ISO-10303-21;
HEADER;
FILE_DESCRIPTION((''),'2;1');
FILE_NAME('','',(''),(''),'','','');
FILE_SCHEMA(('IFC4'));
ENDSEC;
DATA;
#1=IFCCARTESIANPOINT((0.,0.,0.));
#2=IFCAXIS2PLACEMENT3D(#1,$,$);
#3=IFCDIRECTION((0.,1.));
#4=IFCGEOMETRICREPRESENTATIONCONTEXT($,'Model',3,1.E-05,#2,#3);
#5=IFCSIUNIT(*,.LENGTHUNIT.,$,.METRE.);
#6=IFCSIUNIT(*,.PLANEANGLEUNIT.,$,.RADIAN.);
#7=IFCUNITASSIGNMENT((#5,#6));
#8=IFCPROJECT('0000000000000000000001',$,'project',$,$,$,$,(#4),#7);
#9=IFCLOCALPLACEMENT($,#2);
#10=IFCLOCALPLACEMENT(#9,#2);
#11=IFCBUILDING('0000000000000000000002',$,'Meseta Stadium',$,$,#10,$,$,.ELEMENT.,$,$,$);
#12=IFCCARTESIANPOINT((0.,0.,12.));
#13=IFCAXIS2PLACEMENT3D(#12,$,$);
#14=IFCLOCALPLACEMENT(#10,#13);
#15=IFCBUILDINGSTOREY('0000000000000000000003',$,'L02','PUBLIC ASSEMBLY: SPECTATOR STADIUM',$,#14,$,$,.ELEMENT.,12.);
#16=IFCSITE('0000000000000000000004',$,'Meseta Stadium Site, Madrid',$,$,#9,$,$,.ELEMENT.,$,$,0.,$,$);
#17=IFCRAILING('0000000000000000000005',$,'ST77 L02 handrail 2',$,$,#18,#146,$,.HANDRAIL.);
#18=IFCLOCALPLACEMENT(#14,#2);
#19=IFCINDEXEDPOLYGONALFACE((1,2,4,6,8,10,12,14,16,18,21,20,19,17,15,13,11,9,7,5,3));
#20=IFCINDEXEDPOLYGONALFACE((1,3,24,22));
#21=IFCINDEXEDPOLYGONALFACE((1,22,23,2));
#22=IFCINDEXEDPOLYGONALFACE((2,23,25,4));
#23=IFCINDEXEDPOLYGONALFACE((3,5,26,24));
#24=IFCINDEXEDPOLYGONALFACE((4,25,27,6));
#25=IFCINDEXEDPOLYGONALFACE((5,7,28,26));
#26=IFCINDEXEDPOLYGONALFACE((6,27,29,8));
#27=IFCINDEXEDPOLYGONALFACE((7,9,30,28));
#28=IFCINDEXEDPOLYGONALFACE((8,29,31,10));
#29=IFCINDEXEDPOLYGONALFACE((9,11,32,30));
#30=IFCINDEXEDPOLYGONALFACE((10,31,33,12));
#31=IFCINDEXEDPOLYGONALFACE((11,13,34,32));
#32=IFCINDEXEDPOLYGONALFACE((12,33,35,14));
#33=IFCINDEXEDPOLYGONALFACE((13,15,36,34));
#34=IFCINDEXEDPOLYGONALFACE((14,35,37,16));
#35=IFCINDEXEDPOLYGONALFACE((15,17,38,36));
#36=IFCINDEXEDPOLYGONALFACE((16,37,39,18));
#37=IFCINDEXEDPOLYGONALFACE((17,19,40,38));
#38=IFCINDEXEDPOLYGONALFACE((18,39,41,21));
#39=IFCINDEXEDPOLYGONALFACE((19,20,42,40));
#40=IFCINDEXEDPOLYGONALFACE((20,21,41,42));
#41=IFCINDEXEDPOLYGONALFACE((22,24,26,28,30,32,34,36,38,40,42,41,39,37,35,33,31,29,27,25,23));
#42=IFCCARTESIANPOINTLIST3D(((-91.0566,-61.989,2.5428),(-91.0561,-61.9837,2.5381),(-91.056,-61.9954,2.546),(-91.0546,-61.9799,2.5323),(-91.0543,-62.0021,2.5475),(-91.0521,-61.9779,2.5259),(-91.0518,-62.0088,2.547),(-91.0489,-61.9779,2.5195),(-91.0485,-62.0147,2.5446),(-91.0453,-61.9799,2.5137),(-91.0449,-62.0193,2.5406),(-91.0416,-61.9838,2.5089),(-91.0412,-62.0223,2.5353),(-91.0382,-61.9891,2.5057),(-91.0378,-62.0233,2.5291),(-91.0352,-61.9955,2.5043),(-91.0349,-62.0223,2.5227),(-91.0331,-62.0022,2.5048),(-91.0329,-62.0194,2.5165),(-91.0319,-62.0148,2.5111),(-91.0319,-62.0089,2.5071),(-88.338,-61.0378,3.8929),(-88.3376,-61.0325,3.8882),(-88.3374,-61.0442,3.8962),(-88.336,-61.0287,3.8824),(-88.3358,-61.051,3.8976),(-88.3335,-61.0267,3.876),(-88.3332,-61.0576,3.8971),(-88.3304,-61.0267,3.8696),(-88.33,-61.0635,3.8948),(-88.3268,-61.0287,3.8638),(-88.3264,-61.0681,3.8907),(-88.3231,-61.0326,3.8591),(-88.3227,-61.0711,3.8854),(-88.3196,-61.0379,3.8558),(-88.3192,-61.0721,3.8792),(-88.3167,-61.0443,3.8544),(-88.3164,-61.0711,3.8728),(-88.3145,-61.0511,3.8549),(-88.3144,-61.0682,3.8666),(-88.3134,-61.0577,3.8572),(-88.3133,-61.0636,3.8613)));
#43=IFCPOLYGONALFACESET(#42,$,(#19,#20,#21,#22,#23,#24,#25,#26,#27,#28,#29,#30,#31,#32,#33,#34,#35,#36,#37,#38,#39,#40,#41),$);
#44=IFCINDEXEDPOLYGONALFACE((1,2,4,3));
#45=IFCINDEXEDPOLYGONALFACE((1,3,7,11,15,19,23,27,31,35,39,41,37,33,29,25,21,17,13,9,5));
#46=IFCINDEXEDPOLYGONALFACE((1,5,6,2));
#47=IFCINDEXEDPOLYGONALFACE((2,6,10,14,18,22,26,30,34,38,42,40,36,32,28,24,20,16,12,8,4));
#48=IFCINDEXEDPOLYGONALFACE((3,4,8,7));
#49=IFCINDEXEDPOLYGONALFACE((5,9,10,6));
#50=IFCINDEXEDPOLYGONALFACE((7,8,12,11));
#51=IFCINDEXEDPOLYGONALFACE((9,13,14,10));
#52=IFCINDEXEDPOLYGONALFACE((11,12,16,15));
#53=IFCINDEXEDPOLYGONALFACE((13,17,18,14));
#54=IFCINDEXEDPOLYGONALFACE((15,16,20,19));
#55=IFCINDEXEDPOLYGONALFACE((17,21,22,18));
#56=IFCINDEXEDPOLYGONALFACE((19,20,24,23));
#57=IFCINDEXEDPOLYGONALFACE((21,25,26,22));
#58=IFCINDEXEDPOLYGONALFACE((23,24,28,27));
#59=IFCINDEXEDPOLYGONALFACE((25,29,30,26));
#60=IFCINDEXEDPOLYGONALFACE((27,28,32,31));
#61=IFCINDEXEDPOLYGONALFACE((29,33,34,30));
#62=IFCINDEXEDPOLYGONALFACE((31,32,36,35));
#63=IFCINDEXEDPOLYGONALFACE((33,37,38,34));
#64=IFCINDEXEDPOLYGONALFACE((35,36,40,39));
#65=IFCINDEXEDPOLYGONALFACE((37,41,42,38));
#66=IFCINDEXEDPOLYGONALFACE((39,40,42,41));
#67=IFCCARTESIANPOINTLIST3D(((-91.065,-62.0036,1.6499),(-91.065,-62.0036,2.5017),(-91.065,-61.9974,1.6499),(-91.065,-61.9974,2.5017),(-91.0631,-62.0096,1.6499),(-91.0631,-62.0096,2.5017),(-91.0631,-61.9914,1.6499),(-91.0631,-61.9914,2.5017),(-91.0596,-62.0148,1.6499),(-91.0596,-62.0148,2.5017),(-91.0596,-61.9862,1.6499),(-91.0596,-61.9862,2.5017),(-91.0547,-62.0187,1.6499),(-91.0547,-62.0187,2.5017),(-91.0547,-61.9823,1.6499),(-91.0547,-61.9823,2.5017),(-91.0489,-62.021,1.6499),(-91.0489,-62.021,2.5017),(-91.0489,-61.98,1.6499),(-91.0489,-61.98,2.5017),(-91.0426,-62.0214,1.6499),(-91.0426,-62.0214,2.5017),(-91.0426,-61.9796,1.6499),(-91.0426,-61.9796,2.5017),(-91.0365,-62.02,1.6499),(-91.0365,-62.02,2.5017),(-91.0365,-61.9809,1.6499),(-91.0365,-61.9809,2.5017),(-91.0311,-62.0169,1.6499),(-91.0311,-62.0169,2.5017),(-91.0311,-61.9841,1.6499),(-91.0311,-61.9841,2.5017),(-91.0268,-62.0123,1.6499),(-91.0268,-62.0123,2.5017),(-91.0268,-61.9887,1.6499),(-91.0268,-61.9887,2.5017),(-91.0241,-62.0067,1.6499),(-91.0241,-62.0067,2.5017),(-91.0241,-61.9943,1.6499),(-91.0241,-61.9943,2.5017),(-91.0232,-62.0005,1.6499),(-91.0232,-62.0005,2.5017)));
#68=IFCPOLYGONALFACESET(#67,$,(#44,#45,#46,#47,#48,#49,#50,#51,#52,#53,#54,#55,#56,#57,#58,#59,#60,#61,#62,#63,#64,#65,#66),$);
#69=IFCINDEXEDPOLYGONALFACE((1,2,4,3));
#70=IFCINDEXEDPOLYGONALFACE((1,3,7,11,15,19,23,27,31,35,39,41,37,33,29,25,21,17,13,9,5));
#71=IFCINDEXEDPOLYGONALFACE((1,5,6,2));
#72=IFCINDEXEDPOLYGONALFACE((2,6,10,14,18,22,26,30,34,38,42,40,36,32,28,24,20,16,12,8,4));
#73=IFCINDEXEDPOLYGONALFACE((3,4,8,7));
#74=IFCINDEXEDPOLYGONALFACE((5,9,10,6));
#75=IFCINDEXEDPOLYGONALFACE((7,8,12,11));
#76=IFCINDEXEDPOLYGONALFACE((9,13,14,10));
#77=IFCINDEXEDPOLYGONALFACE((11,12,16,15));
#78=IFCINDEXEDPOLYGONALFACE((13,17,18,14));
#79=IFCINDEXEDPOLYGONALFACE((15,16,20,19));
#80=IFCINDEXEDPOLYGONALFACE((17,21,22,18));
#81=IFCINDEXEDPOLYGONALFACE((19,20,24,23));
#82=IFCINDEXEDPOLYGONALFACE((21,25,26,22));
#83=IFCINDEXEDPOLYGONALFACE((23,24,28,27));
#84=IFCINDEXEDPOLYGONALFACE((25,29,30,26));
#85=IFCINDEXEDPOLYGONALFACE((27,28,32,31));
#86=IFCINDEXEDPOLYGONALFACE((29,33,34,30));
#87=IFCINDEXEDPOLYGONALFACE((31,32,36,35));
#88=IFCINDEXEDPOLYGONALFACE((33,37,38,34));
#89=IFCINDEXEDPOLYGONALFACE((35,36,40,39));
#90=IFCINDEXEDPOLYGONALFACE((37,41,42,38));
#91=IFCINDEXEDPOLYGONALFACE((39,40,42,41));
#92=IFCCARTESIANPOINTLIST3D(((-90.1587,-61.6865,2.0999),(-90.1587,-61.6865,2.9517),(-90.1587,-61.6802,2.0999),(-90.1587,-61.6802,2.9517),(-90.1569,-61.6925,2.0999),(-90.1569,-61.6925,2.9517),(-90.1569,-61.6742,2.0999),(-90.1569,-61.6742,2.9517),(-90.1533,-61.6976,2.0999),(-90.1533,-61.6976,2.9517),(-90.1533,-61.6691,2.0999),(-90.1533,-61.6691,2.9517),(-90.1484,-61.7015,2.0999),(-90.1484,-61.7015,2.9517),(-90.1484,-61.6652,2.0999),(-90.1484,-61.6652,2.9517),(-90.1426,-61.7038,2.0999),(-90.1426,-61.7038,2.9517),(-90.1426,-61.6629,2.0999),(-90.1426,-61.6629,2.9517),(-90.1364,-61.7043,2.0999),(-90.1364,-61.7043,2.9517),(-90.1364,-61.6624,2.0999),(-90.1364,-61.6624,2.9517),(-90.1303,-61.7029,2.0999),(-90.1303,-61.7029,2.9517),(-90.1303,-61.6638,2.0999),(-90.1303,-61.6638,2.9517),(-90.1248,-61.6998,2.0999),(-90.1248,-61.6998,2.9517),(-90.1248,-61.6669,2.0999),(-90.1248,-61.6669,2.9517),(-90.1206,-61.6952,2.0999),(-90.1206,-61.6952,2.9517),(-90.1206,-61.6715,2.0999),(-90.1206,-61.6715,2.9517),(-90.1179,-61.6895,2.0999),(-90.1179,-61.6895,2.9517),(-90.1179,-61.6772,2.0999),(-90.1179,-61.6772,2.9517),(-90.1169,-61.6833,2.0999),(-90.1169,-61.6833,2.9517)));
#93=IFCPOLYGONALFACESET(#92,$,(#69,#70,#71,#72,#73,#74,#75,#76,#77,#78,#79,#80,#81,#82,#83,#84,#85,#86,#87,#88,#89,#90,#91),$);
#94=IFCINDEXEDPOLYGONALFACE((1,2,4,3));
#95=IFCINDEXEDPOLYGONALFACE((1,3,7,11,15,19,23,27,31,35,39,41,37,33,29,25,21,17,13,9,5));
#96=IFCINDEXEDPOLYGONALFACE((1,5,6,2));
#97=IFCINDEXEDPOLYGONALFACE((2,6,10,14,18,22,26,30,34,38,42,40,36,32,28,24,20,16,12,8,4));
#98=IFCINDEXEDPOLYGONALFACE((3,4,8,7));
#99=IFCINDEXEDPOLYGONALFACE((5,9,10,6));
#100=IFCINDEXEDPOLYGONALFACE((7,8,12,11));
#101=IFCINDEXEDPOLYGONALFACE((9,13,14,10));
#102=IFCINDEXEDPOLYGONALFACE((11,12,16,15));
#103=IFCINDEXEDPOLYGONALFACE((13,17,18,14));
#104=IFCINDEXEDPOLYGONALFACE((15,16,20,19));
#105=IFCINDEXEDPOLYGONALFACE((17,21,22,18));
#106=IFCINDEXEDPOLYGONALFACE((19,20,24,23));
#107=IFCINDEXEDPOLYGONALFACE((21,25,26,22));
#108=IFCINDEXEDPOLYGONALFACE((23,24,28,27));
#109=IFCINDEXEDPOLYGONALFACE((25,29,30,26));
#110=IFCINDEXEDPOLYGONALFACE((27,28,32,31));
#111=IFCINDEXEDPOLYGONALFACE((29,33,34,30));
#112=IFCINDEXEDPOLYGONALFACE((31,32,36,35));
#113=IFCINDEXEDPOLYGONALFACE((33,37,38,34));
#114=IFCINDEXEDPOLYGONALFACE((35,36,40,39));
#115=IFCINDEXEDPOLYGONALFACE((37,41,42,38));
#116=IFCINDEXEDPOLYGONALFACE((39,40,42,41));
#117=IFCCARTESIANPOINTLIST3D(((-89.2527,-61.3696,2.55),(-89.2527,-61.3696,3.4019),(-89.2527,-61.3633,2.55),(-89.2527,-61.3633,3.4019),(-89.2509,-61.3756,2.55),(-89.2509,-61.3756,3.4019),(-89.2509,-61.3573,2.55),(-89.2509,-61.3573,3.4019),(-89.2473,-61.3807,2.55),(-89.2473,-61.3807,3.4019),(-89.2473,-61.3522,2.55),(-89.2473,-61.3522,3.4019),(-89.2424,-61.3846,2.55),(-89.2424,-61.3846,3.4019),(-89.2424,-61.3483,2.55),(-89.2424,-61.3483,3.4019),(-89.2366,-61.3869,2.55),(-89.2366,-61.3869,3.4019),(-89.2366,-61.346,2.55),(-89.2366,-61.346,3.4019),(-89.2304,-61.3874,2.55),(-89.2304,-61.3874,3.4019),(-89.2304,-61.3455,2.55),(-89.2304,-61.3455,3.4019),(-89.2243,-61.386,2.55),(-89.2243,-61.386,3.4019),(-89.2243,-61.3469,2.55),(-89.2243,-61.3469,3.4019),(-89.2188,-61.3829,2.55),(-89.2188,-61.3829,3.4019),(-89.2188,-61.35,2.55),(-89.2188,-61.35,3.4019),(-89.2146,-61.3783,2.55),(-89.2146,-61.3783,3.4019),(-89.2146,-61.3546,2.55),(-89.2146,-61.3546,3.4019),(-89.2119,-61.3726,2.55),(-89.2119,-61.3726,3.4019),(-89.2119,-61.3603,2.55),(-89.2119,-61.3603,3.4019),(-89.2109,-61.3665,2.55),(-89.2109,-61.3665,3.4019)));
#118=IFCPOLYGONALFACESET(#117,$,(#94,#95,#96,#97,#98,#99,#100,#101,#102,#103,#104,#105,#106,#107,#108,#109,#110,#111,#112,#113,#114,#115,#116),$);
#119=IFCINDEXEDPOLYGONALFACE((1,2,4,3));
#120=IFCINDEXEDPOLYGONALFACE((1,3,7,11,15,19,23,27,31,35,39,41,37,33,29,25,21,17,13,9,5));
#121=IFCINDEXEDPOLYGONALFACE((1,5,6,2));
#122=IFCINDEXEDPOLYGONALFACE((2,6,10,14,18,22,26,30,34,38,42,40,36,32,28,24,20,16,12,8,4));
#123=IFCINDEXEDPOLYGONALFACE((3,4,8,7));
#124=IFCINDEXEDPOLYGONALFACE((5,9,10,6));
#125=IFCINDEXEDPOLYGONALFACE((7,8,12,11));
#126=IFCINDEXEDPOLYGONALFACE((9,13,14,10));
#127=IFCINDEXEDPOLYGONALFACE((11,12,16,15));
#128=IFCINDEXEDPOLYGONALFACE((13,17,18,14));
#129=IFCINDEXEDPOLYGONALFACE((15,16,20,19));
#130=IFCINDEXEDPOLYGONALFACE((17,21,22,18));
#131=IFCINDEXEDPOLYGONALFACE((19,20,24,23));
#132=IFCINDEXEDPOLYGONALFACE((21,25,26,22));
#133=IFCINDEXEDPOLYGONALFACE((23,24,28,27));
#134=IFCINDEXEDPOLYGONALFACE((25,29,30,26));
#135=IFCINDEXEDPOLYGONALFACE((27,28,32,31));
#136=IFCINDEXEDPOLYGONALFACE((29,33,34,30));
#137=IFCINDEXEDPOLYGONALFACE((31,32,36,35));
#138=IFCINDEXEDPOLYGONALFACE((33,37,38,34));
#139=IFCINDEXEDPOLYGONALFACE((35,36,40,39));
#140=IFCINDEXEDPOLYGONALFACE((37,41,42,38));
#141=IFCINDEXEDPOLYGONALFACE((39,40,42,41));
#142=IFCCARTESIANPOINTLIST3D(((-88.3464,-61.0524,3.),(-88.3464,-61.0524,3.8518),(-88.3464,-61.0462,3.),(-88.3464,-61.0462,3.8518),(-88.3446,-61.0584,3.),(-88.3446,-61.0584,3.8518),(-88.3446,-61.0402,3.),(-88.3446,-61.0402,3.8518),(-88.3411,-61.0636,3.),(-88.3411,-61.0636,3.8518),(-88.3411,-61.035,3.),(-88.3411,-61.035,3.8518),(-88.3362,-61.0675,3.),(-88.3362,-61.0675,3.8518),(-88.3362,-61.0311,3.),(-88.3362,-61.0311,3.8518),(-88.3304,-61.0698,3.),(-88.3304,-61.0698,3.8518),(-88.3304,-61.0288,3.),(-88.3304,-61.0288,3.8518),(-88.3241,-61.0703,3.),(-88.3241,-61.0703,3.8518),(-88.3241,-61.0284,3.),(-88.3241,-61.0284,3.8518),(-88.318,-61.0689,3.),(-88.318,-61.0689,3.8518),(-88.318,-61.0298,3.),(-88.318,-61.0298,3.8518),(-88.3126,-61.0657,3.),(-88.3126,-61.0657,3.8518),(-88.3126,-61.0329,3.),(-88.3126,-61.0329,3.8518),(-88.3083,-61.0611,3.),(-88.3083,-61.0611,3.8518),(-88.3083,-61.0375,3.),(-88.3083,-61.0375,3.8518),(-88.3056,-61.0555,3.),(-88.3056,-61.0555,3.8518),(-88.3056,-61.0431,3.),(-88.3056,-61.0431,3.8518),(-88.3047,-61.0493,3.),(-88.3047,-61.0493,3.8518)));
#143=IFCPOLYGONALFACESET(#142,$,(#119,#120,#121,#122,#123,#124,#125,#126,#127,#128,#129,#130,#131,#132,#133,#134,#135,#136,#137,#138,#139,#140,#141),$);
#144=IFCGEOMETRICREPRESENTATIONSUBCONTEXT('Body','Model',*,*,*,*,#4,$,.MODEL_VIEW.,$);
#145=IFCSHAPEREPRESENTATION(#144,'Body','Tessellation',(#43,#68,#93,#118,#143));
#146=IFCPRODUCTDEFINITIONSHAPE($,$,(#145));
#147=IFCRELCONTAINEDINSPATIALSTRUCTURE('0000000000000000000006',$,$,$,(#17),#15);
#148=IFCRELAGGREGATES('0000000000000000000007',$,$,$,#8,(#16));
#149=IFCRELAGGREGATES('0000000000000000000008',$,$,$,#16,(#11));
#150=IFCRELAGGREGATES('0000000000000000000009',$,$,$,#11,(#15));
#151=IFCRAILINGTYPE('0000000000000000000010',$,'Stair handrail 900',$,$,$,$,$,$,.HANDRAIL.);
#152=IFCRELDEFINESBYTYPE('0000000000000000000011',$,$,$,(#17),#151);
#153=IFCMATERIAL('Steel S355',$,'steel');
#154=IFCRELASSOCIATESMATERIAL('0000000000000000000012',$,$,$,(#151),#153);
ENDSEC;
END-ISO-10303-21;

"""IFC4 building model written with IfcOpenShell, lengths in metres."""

from ifc_helpers import new_model, si_unit, direction, frame, origin, origin_2d, place, context, subcontext, project, spatial, circle, extrude, material, type_object, element, save


model = new_model("IFC4")

# Units and contexts
model_context = context("Model", 3, precision=1e-05, world=origin(), true_north=direction((0.0, 1.0)))
body_context = subcontext(model_context, "Body", "Model", "MODEL_VIEW")
ifc_project = project(units=[si_unit("LENGTHUNIT", "METRE"), si_unit("PLANEANGLEUNIT", "RADIAN")], contexts=[model_context])

# Site, building, storey
site_placement = place(None, origin())
site = spatial("IfcSite", under=ifc_project, at=site_placement, Name="Meseta Stadium Site, Madrid", CompositionType="ELEMENT", RefElevation=0.0)
building_placement = place(site_placement, origin())
building = spatial("IfcBuilding", under=site, at=building_placement, Name="Meseta Stadium", CompositionType="ELEMENT")
storey_placement = place(building_placement, frame((0.0, 0.0, 12.0)))
storey = spatial("IfcBuildingStorey", under=building, at=storey_placement, Name="L02", Description="PUBLIC ASSEMBLY: SPECTATOR STADIUM", CompositionType="ELEMENT", Elevation=12.0)

# Railing
ifc_material_1 = material(Name="Steel S355", Category="steel")
railing_type_1 = type_object("IfcRailingType", Name="Stair handrail 900", PredefinedType="HANDRAIL", material=ifc_material_1)
for number, where, name in (
    (1, (-91.0442, -62.0005, 1.6499), "ST77 L02 handrail 2"),
):
    element("IfcRailing", number, at=place(storey_placement, frame(where)), inside=storey, type_object=railing_type_1, Name=name, PredefinedType="HANDRAIL", context=body_context, shape_type="SweptSolid", body=[
        extrude(circle(Radius=0.0239, at=origin_2d()), frame((0.0, 0.0, 0.876), z_axis=(0.854649, 0.299031, 0.424446), x_axis=(-0.330256, 0.943891, 0.0)), (0.0, 0.0, 1.0), 3.1809),
        extrude(circle(Radius=0.021, at=origin_2d()), origin(), (0.0, 0.0, 1.0), 0.8518),
        extrude(circle(Radius=0.021, at=origin_2d()), frame((0.9062, 0.3171, 0.45)), (0.0, 0.0, 1.0), 0.8518),
        extrude(circle(Radius=0.021, at=origin_2d()), frame((1.8123, 0.634, 0.9001)), (0.0, 0.0, 1.0), 0.8518),
        extrude(circle(Radius=0.021, at=origin_2d()), frame((2.7185, 0.9512, 1.3501)), (0.0, 0.0, 1.0), 0.8518),
    ])

save(model, "model.ifc")
